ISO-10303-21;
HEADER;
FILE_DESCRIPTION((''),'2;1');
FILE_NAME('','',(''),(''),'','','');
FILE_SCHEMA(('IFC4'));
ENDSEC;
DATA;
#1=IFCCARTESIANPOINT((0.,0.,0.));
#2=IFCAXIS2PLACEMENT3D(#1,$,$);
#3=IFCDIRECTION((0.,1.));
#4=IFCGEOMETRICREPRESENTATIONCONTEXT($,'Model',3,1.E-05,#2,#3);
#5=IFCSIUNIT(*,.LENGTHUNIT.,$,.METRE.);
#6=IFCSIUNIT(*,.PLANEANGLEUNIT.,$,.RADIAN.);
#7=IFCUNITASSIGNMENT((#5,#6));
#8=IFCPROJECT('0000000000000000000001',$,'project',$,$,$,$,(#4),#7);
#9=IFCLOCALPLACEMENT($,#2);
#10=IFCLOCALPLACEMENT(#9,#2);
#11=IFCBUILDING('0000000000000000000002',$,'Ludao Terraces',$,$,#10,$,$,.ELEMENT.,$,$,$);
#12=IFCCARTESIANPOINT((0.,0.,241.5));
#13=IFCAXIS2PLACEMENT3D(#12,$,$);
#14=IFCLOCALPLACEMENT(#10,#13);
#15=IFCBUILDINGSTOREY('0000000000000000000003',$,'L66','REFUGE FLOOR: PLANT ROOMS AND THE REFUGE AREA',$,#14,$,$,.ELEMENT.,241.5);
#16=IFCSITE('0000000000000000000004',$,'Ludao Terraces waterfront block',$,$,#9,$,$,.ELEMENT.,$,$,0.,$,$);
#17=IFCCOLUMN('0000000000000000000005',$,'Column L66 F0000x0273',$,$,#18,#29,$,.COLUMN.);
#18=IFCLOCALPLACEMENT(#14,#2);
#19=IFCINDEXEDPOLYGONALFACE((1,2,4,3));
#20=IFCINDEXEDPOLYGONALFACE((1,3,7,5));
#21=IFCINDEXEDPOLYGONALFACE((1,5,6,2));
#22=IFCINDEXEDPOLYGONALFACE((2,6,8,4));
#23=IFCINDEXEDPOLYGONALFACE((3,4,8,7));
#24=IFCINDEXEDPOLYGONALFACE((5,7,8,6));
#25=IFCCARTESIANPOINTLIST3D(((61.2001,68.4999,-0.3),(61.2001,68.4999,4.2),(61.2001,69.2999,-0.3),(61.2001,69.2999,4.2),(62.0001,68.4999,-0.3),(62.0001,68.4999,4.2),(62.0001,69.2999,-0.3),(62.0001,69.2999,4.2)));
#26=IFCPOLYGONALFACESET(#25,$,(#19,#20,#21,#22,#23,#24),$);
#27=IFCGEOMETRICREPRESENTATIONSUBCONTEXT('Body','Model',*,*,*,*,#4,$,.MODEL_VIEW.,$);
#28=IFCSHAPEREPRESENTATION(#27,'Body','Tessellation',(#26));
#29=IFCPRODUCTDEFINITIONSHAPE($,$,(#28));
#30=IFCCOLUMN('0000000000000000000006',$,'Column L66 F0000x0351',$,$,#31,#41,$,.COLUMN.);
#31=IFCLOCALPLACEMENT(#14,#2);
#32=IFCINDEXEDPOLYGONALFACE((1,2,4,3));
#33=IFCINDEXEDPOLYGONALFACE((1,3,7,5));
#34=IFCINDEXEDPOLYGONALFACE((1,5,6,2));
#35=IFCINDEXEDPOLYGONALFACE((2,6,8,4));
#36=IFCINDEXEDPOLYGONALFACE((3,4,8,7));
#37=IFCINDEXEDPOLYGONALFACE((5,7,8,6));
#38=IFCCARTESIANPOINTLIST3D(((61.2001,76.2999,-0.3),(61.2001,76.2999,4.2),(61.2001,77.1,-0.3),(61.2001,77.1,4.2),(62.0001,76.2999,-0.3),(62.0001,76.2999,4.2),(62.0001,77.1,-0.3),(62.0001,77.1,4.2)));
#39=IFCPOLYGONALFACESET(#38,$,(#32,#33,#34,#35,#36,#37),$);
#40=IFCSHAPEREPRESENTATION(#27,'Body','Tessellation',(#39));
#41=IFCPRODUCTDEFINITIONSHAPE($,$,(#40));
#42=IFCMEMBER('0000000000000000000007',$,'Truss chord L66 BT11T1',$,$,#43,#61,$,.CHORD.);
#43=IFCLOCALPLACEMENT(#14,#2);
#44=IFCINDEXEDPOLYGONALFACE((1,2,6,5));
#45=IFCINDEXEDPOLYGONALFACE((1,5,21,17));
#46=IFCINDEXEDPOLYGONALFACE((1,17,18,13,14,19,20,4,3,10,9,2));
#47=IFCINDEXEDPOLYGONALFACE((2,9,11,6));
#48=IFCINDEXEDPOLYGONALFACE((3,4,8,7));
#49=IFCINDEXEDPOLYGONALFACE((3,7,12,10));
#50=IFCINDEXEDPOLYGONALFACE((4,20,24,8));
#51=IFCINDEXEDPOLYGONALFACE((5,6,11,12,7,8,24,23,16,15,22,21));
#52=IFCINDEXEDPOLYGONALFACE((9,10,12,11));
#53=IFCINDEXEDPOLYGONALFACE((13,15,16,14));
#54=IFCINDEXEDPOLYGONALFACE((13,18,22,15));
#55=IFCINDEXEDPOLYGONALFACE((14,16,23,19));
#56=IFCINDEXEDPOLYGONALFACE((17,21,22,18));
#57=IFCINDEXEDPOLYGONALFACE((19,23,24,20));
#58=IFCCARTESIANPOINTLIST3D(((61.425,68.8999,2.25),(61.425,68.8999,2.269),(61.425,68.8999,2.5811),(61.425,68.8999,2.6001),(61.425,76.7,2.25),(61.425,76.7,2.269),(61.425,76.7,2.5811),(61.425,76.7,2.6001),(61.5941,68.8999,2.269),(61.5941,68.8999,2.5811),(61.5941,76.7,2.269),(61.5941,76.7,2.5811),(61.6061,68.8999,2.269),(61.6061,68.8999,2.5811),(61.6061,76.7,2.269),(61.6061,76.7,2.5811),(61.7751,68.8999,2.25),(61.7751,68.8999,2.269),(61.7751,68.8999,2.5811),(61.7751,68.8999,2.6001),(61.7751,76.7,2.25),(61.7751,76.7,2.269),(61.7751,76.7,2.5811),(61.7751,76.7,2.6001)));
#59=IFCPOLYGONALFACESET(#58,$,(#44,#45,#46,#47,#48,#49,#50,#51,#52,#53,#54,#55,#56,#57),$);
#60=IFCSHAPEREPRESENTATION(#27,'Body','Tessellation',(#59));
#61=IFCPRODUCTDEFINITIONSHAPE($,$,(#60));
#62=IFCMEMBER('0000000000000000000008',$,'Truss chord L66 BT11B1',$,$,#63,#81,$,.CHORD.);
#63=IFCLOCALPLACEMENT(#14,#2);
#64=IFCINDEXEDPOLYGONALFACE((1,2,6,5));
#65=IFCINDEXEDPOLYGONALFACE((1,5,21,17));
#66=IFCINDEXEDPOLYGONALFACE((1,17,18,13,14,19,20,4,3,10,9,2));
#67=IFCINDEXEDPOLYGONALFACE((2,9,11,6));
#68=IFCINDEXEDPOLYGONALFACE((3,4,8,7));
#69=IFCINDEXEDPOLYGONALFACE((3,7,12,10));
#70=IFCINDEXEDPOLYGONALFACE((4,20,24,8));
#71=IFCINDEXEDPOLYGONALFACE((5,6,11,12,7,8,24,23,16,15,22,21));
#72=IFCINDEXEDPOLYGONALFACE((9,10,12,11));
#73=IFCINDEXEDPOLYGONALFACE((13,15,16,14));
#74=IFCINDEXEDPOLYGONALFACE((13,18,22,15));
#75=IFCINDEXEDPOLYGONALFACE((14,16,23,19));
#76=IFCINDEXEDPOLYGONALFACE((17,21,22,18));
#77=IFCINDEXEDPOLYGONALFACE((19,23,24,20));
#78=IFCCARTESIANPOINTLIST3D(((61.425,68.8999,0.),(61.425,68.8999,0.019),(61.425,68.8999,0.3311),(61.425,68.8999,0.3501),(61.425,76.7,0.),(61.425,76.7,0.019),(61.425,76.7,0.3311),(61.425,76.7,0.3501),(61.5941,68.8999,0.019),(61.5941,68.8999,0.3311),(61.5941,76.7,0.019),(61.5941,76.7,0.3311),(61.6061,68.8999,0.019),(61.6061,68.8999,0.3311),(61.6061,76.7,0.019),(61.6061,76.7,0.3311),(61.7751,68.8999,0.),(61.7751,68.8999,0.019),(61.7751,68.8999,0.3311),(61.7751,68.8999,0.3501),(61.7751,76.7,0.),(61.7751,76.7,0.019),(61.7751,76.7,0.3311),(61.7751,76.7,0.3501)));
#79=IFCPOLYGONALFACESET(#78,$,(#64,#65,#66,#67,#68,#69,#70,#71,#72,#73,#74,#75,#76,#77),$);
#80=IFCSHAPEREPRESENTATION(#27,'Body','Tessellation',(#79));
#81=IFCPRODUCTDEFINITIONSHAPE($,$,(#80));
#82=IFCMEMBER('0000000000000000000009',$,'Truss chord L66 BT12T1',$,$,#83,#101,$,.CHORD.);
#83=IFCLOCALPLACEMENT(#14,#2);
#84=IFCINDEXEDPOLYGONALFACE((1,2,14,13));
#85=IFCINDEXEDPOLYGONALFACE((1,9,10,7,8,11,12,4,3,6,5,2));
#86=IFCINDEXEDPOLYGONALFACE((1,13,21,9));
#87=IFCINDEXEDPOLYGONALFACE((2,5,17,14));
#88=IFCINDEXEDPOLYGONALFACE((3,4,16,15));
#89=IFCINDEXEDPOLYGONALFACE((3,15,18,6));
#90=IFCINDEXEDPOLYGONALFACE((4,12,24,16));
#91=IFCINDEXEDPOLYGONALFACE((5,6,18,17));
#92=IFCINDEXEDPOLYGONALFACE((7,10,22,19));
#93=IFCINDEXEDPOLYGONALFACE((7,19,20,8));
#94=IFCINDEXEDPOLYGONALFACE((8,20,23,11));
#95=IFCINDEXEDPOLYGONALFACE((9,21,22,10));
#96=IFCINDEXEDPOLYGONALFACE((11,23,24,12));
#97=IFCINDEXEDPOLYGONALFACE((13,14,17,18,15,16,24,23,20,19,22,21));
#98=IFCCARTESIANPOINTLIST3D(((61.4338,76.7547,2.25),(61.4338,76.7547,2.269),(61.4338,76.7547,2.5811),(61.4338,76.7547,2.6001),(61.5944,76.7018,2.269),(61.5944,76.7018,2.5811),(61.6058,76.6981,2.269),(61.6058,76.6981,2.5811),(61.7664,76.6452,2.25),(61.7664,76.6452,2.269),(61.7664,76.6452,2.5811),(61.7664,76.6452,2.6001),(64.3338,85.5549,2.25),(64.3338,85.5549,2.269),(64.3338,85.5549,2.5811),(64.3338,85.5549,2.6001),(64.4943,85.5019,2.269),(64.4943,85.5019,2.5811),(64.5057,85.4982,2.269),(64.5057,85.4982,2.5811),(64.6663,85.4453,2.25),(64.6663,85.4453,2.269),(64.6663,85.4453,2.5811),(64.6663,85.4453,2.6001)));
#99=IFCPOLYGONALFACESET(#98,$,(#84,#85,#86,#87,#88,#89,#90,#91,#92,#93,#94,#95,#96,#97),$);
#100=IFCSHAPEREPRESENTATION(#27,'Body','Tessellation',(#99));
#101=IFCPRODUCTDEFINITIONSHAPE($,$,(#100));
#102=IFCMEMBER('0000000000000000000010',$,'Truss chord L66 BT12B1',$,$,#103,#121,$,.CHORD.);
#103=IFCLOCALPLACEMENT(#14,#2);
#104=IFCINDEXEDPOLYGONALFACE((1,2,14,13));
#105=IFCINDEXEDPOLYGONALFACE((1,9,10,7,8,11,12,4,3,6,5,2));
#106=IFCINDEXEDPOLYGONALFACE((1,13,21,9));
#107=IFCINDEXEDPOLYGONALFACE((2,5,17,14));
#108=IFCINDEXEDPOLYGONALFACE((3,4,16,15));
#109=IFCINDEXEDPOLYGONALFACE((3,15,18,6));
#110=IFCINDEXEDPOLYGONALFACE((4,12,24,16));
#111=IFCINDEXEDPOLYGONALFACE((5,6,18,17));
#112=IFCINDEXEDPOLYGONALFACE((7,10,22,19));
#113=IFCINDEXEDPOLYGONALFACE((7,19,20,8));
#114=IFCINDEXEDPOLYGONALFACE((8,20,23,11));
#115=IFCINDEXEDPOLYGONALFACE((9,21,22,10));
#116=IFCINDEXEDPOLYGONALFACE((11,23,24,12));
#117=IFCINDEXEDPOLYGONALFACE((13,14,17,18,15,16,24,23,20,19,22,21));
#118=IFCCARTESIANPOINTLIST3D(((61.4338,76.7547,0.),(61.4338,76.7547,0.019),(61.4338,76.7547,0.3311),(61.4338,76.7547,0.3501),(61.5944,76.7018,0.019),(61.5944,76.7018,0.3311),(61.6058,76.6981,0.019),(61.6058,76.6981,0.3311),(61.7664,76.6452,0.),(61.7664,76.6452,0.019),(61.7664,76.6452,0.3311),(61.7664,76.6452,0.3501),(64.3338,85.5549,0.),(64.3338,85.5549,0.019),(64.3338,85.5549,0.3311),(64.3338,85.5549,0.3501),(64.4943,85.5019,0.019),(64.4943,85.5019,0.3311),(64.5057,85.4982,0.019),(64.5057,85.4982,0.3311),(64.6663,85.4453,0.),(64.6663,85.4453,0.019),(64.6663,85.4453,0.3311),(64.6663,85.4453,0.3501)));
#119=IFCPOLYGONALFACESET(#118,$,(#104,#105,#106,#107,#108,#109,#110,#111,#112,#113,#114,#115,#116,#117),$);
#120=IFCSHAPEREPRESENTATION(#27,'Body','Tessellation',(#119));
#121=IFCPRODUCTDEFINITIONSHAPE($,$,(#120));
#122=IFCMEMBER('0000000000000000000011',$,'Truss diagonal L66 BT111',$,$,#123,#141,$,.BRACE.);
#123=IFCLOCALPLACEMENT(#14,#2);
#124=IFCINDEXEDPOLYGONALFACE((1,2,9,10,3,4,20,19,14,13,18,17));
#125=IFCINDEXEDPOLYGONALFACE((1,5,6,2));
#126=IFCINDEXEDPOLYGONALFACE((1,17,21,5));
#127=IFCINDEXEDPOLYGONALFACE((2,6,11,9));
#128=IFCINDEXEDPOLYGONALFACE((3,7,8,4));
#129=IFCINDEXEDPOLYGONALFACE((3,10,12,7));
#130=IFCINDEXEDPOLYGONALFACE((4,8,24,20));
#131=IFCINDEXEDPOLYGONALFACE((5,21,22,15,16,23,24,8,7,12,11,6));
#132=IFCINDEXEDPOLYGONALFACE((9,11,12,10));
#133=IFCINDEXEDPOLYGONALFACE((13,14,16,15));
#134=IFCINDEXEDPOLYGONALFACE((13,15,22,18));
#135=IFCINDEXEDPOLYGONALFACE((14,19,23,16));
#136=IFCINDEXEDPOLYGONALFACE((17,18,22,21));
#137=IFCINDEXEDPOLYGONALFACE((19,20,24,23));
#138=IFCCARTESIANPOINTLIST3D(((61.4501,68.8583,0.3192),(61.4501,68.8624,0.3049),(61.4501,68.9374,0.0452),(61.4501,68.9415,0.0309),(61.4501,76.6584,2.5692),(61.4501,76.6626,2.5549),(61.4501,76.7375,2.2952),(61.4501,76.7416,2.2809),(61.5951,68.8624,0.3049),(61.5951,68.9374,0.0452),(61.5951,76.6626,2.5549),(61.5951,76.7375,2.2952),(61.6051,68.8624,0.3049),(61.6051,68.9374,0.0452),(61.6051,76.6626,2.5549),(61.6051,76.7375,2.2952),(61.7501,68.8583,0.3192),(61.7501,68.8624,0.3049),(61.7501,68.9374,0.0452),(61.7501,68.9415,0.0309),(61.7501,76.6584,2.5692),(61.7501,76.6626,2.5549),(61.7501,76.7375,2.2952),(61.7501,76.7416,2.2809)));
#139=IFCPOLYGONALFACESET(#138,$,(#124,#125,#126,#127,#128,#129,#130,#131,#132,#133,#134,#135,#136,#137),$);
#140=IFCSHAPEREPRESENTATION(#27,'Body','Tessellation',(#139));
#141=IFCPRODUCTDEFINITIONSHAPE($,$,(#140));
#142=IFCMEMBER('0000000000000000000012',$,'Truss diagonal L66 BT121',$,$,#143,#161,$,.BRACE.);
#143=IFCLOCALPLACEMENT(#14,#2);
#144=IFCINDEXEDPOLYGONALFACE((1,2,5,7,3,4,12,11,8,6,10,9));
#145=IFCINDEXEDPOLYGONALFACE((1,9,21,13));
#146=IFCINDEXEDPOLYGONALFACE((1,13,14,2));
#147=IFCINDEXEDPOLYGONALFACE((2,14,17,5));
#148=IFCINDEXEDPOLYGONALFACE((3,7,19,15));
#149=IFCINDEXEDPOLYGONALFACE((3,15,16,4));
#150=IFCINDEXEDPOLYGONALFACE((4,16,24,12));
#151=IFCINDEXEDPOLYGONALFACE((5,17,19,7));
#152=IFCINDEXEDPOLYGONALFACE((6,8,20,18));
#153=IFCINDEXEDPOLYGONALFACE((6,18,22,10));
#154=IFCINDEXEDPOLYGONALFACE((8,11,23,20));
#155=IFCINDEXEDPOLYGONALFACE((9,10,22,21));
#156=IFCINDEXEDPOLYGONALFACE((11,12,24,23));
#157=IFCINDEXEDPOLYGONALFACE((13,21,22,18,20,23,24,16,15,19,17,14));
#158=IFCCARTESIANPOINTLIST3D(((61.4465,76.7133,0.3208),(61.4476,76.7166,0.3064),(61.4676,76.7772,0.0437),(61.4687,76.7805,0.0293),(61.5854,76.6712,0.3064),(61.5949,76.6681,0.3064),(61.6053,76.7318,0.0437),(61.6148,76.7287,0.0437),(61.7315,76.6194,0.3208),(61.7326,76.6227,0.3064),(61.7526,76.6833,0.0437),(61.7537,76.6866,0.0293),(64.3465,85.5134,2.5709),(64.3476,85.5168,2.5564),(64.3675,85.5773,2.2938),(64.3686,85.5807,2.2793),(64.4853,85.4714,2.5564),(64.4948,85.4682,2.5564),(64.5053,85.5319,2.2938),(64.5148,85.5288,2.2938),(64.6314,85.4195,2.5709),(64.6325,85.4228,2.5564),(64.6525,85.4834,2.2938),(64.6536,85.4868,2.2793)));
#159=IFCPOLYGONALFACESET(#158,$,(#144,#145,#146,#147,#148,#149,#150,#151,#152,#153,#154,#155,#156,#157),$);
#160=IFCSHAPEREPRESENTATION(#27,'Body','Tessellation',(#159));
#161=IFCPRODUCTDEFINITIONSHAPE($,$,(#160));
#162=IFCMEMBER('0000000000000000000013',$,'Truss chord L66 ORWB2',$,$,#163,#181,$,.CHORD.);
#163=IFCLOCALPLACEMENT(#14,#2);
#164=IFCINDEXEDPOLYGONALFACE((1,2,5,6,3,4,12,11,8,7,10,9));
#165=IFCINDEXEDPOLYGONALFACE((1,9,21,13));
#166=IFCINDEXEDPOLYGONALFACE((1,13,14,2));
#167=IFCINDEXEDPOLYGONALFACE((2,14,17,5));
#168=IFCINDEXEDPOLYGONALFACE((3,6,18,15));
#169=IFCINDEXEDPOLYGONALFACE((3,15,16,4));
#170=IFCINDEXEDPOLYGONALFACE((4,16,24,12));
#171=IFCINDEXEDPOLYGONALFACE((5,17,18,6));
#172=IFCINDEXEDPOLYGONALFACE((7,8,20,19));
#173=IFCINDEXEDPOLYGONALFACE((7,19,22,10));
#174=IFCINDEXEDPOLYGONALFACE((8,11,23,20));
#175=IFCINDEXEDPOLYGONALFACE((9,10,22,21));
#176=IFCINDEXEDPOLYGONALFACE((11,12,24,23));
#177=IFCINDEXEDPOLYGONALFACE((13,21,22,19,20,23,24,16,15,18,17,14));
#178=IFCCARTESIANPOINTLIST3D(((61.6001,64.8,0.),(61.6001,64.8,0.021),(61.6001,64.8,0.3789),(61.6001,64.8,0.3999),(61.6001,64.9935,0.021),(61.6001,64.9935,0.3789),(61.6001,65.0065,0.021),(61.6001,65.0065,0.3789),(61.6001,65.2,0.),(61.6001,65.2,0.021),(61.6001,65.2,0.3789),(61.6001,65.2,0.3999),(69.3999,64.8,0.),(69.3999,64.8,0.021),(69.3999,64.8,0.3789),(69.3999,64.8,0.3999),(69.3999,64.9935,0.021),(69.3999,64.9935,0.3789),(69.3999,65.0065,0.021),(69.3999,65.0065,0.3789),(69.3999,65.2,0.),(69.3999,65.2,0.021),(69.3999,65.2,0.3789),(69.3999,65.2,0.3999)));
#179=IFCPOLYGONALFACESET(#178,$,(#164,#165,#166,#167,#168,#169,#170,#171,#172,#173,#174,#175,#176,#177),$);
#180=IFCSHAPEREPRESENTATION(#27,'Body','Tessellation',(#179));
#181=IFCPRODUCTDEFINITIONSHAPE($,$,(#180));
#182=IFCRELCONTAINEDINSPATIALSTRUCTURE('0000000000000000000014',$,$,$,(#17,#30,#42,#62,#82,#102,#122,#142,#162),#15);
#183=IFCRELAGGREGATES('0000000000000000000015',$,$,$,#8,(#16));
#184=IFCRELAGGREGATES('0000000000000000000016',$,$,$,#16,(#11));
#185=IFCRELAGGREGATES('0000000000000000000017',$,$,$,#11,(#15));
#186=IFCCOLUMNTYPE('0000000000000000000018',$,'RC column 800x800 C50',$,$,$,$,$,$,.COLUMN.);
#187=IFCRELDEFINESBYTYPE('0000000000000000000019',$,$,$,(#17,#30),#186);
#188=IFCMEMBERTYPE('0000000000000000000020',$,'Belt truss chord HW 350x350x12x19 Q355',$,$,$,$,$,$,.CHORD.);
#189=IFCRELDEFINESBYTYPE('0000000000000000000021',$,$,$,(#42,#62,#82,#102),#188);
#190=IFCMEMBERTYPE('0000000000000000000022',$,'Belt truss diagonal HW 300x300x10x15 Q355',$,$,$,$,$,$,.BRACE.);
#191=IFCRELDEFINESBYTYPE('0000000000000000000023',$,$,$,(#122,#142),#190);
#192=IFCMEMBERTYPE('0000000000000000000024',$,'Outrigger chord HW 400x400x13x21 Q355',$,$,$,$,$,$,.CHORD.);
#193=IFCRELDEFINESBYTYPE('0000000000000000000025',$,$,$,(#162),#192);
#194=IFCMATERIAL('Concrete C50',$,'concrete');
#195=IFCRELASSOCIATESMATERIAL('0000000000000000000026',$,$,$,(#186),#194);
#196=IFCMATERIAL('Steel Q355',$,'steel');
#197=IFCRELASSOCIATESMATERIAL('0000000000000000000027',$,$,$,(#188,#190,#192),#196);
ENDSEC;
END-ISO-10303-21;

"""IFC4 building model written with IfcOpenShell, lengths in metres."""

from ifc_helpers import new_model, si_unit, direction, frame, origin, origin_2d, place, context, subcontext, project, spatial, rectangle, i_section, extrude, material, material_profile, profile_set, type_object, element, save


model = new_model("IFC4")

# Units and contexts
model_context = context("Model", 3, precision=1e-05, world=origin(), true_north=direction((0.0, 1.0)))
body_context = subcontext(model_context, "Body", "Model", "MODEL_VIEW")
ifc_project = project(units=[si_unit("LENGTHUNIT", "METRE"), si_unit("PLANEANGLEUNIT", "RADIAN")], contexts=[model_context])

# Site, building, storey
site_placement = place(None, origin())
site = spatial("IfcSite", under=ifc_project, at=site_placement, Name="Ludao Terraces waterfront block", CompositionType="ELEMENT", RefElevation=0.0)
building_placement = place(site_placement, origin())
building = spatial("IfcBuilding", under=site, at=building_placement, Name="Ludao Terraces", CompositionType="ELEMENT")
storey_placement = place(building_placement, frame((0.0, 0.0, 241.5)))
storey = spatial("IfcBuildingStorey", under=building, at=storey_placement, Name="L66", Description="REFUGE FLOOR: PLANT ROOMS AND THE REFUGE AREA", CompositionType="ELEMENT", Elevation=241.5)

# Columns
ifc_material_1 = material(Name="Concrete C50", Category="concrete")
ifc_material_profile_1 = material_profile(ifc_material_1, rectangle(XDim=0.8, YDim=0.8, at=origin_2d()), Name="800 X 800")
ifc_profile_set_1 = profile_set([ifc_material_profile_1], Name="Concrete C50")
column_type = type_object("IfcColumnType", Name="RC column 800x800 C50", PredefinedType="COLUMN", material=ifc_profile_set_1)
for number, where, z_axis, x_axis, name in (
    (1, (61.6001, 68.8999, -0.3), (0.0, 0.0, 1.0), (1.0, 0.0, 0.0), "Column L66 F0000x0273"),
    (2, (61.6001, 76.7, -0.3), (0.0, 0.0, 1.0), (1.0, 0.0, 0.0), "Column L66 F0000x0351"),
):
    element("IfcColumn", number, at=place(storey_placement, frame(where, z_axis=z_axis, x_axis=x_axis)), inside=storey, type_object=column_type, Name=name, PredefinedType="COLUMN", context=body_context, shape_type="SweptSolid", body=[
        extrude(rectangle(XDim=0.8, YDim=0.8, at=origin_2d()), origin(), (0.0, 0.0, 1.0), 4.5),
    ])

# Members
ifc_material_2 = material(Name="Steel Q355", Category="steel")
ifc_material_profile_2 = material_profile(ifc_material_2, i_section(OverallWidth=0.3501, OverallDepth=0.3501, WebThickness=0.012, FlangeThickness=0.019, at=origin_2d()), Name="HW 350X350X12X19")
ifc_profile_set_2 = profile_set([ifc_material_profile_2], Name="Steel Q355")
member_type_1 = type_object("IfcMemberType", Name="Belt truss chord HW 350x350x12x19 Q355", PredefinedType="CHORD", material=ifc_profile_set_2)
for number, where, z_axis, x_axis, name in (
    (3, (61.6001, 68.8999, 2.425), (0.0, 1.0, 0.0), (-1.0, 0.0, 0.0), "Truss chord L66 BT11T1"),
    (4, (61.6001, 68.8999, 0.175), (0.0, 1.0, 0.0), (-1.0, 0.0, 0.0), "Truss chord L66 BT11B1"),
):
    element("IfcMember", number, at=place(storey_placement, frame(where, z_axis=z_axis, x_axis=x_axis)), inside=storey, type_object=member_type_1, Name=name, PredefinedType="CHORD", context=body_context, shape_type="SweptSolid", body=[
        extrude(i_section(OverallWidth=0.3501, OverallDepth=0.3501, WebThickness=0.012, FlangeThickness=0.019, at=origin_2d()), origin(), (0.0, 0.0, 1.0), 7.8),
    ])
for number, where, z_axis, x_axis, name in (
    (5, (61.6001, 76.7, 2.425), (0.312977, 0.949761, 0.0), (-0.949761, 0.312977, 0.0), "Truss chord L66 BT12T1"),
    (6, (61.6001, 76.7, 0.175), (0.312977, 0.949761, 0.0), (-0.949761, 0.312977, 0.0), "Truss chord L66 BT12B1"),
):
    element("IfcMember", number, at=place(storey_placement, frame(where, z_axis=z_axis, x_axis=x_axis)), inside=storey, type_object=member_type_1, Name=name, PredefinedType="CHORD", context=body_context, shape_type="SweptSolid", body=[
        extrude(i_section(OverallWidth=0.3501, OverallDepth=0.3501, WebThickness=0.012, FlangeThickness=0.019, at=origin_2d()), origin(), (0.0, 0.0, 1.0), 9.2656),
    ])
ifc_material_profile_3 = material_profile(ifc_material_2, i_section(OverallWidth=0.3, OverallDepth=0.3, WebThickness=0.01, FlangeThickness=0.0149, at=origin_2d()), Name="HW 300X300X10X15")
ifc_profile_set_3 = profile_set([ifc_material_profile_3], Name="Steel Q355")
member_type_2 = type_object("IfcMemberType", Name="Belt truss diagonal HW 300x300x10x15 Q355", PredefinedType="BRACE", material=ifc_profile_set_3)
member_1_placement = place(storey_placement, frame((61.6001, 68.8999, 0.175), z_axis=(0.0, 0.960824, 0.277159), x_axis=(-1.0, 0.0, 0.0)))
element("IfcMember", 7, at=member_1_placement, inside=storey, type_object=member_type_2, Name="Truss diagonal L66 BT111", PredefinedType="BRACE", context=body_context, shape_type="SweptSolid", body=[
    extrude(i_section(OverallWidth=0.3, OverallDepth=0.3, WebThickness=0.01, FlangeThickness=0.0149, at=origin_2d()), origin(), (0.0, 0.0, 1.0), 8.1182),
])
member_2_placement = place(storey_placement, frame((61.6001, 76.7, 0.175), z_axis=(0.304138, 0.922938, 0.235977), x_axis=(-0.949761, 0.312977, 0.0)))
element("IfcMember", 8, at=member_2_placement, inside=storey, type_object=member_type_2, Name="Truss diagonal L66 BT121", PredefinedType="BRACE", context=body_context, shape_type="SweptSolid", body=[
    extrude(i_section(OverallWidth=0.3, OverallDepth=0.3, WebThickness=0.01, FlangeThickness=0.0149, at=origin_2d()), origin(), (0.0, 0.0, 1.0), 9.5349),
])
ifc_material_profile_4 = material_profile(ifc_material_2, i_section(OverallWidth=0.3999, OverallDepth=0.3999, WebThickness=0.0129, FlangeThickness=0.021, at=origin_2d()), Name="HW 400X400X13X21")
ifc_profile_set_4 = profile_set([ifc_material_profile_4], Name="Steel Q355")
member_type_3 = type_object("IfcMemberType", Name="Outrigger chord HW 400x400x13x21 Q355", PredefinedType="CHORD", material=ifc_profile_set_4)
member_3_placement = place(storey_placement, frame((69.3999, 65.0, 0.2), z_axis=(-1.0, 0.0, 0.0), x_axis=(0.0, -1.0, 0.0)))
element("IfcMember", 9, at=member_3_placement, inside=storey, type_object=member_type_3, Name="Truss chord L66 ORWB2", PredefinedType="CHORD", context=body_context, shape_type="SweptSolid", body=[
    extrude(i_section(OverallWidth=0.3999, OverallDepth=0.3999, WebThickness=0.0129, FlangeThickness=0.021, at=origin_2d()), origin(), (0.0, 0.0, 1.0), 7.7998),
])

save(model, "model.ifc")
